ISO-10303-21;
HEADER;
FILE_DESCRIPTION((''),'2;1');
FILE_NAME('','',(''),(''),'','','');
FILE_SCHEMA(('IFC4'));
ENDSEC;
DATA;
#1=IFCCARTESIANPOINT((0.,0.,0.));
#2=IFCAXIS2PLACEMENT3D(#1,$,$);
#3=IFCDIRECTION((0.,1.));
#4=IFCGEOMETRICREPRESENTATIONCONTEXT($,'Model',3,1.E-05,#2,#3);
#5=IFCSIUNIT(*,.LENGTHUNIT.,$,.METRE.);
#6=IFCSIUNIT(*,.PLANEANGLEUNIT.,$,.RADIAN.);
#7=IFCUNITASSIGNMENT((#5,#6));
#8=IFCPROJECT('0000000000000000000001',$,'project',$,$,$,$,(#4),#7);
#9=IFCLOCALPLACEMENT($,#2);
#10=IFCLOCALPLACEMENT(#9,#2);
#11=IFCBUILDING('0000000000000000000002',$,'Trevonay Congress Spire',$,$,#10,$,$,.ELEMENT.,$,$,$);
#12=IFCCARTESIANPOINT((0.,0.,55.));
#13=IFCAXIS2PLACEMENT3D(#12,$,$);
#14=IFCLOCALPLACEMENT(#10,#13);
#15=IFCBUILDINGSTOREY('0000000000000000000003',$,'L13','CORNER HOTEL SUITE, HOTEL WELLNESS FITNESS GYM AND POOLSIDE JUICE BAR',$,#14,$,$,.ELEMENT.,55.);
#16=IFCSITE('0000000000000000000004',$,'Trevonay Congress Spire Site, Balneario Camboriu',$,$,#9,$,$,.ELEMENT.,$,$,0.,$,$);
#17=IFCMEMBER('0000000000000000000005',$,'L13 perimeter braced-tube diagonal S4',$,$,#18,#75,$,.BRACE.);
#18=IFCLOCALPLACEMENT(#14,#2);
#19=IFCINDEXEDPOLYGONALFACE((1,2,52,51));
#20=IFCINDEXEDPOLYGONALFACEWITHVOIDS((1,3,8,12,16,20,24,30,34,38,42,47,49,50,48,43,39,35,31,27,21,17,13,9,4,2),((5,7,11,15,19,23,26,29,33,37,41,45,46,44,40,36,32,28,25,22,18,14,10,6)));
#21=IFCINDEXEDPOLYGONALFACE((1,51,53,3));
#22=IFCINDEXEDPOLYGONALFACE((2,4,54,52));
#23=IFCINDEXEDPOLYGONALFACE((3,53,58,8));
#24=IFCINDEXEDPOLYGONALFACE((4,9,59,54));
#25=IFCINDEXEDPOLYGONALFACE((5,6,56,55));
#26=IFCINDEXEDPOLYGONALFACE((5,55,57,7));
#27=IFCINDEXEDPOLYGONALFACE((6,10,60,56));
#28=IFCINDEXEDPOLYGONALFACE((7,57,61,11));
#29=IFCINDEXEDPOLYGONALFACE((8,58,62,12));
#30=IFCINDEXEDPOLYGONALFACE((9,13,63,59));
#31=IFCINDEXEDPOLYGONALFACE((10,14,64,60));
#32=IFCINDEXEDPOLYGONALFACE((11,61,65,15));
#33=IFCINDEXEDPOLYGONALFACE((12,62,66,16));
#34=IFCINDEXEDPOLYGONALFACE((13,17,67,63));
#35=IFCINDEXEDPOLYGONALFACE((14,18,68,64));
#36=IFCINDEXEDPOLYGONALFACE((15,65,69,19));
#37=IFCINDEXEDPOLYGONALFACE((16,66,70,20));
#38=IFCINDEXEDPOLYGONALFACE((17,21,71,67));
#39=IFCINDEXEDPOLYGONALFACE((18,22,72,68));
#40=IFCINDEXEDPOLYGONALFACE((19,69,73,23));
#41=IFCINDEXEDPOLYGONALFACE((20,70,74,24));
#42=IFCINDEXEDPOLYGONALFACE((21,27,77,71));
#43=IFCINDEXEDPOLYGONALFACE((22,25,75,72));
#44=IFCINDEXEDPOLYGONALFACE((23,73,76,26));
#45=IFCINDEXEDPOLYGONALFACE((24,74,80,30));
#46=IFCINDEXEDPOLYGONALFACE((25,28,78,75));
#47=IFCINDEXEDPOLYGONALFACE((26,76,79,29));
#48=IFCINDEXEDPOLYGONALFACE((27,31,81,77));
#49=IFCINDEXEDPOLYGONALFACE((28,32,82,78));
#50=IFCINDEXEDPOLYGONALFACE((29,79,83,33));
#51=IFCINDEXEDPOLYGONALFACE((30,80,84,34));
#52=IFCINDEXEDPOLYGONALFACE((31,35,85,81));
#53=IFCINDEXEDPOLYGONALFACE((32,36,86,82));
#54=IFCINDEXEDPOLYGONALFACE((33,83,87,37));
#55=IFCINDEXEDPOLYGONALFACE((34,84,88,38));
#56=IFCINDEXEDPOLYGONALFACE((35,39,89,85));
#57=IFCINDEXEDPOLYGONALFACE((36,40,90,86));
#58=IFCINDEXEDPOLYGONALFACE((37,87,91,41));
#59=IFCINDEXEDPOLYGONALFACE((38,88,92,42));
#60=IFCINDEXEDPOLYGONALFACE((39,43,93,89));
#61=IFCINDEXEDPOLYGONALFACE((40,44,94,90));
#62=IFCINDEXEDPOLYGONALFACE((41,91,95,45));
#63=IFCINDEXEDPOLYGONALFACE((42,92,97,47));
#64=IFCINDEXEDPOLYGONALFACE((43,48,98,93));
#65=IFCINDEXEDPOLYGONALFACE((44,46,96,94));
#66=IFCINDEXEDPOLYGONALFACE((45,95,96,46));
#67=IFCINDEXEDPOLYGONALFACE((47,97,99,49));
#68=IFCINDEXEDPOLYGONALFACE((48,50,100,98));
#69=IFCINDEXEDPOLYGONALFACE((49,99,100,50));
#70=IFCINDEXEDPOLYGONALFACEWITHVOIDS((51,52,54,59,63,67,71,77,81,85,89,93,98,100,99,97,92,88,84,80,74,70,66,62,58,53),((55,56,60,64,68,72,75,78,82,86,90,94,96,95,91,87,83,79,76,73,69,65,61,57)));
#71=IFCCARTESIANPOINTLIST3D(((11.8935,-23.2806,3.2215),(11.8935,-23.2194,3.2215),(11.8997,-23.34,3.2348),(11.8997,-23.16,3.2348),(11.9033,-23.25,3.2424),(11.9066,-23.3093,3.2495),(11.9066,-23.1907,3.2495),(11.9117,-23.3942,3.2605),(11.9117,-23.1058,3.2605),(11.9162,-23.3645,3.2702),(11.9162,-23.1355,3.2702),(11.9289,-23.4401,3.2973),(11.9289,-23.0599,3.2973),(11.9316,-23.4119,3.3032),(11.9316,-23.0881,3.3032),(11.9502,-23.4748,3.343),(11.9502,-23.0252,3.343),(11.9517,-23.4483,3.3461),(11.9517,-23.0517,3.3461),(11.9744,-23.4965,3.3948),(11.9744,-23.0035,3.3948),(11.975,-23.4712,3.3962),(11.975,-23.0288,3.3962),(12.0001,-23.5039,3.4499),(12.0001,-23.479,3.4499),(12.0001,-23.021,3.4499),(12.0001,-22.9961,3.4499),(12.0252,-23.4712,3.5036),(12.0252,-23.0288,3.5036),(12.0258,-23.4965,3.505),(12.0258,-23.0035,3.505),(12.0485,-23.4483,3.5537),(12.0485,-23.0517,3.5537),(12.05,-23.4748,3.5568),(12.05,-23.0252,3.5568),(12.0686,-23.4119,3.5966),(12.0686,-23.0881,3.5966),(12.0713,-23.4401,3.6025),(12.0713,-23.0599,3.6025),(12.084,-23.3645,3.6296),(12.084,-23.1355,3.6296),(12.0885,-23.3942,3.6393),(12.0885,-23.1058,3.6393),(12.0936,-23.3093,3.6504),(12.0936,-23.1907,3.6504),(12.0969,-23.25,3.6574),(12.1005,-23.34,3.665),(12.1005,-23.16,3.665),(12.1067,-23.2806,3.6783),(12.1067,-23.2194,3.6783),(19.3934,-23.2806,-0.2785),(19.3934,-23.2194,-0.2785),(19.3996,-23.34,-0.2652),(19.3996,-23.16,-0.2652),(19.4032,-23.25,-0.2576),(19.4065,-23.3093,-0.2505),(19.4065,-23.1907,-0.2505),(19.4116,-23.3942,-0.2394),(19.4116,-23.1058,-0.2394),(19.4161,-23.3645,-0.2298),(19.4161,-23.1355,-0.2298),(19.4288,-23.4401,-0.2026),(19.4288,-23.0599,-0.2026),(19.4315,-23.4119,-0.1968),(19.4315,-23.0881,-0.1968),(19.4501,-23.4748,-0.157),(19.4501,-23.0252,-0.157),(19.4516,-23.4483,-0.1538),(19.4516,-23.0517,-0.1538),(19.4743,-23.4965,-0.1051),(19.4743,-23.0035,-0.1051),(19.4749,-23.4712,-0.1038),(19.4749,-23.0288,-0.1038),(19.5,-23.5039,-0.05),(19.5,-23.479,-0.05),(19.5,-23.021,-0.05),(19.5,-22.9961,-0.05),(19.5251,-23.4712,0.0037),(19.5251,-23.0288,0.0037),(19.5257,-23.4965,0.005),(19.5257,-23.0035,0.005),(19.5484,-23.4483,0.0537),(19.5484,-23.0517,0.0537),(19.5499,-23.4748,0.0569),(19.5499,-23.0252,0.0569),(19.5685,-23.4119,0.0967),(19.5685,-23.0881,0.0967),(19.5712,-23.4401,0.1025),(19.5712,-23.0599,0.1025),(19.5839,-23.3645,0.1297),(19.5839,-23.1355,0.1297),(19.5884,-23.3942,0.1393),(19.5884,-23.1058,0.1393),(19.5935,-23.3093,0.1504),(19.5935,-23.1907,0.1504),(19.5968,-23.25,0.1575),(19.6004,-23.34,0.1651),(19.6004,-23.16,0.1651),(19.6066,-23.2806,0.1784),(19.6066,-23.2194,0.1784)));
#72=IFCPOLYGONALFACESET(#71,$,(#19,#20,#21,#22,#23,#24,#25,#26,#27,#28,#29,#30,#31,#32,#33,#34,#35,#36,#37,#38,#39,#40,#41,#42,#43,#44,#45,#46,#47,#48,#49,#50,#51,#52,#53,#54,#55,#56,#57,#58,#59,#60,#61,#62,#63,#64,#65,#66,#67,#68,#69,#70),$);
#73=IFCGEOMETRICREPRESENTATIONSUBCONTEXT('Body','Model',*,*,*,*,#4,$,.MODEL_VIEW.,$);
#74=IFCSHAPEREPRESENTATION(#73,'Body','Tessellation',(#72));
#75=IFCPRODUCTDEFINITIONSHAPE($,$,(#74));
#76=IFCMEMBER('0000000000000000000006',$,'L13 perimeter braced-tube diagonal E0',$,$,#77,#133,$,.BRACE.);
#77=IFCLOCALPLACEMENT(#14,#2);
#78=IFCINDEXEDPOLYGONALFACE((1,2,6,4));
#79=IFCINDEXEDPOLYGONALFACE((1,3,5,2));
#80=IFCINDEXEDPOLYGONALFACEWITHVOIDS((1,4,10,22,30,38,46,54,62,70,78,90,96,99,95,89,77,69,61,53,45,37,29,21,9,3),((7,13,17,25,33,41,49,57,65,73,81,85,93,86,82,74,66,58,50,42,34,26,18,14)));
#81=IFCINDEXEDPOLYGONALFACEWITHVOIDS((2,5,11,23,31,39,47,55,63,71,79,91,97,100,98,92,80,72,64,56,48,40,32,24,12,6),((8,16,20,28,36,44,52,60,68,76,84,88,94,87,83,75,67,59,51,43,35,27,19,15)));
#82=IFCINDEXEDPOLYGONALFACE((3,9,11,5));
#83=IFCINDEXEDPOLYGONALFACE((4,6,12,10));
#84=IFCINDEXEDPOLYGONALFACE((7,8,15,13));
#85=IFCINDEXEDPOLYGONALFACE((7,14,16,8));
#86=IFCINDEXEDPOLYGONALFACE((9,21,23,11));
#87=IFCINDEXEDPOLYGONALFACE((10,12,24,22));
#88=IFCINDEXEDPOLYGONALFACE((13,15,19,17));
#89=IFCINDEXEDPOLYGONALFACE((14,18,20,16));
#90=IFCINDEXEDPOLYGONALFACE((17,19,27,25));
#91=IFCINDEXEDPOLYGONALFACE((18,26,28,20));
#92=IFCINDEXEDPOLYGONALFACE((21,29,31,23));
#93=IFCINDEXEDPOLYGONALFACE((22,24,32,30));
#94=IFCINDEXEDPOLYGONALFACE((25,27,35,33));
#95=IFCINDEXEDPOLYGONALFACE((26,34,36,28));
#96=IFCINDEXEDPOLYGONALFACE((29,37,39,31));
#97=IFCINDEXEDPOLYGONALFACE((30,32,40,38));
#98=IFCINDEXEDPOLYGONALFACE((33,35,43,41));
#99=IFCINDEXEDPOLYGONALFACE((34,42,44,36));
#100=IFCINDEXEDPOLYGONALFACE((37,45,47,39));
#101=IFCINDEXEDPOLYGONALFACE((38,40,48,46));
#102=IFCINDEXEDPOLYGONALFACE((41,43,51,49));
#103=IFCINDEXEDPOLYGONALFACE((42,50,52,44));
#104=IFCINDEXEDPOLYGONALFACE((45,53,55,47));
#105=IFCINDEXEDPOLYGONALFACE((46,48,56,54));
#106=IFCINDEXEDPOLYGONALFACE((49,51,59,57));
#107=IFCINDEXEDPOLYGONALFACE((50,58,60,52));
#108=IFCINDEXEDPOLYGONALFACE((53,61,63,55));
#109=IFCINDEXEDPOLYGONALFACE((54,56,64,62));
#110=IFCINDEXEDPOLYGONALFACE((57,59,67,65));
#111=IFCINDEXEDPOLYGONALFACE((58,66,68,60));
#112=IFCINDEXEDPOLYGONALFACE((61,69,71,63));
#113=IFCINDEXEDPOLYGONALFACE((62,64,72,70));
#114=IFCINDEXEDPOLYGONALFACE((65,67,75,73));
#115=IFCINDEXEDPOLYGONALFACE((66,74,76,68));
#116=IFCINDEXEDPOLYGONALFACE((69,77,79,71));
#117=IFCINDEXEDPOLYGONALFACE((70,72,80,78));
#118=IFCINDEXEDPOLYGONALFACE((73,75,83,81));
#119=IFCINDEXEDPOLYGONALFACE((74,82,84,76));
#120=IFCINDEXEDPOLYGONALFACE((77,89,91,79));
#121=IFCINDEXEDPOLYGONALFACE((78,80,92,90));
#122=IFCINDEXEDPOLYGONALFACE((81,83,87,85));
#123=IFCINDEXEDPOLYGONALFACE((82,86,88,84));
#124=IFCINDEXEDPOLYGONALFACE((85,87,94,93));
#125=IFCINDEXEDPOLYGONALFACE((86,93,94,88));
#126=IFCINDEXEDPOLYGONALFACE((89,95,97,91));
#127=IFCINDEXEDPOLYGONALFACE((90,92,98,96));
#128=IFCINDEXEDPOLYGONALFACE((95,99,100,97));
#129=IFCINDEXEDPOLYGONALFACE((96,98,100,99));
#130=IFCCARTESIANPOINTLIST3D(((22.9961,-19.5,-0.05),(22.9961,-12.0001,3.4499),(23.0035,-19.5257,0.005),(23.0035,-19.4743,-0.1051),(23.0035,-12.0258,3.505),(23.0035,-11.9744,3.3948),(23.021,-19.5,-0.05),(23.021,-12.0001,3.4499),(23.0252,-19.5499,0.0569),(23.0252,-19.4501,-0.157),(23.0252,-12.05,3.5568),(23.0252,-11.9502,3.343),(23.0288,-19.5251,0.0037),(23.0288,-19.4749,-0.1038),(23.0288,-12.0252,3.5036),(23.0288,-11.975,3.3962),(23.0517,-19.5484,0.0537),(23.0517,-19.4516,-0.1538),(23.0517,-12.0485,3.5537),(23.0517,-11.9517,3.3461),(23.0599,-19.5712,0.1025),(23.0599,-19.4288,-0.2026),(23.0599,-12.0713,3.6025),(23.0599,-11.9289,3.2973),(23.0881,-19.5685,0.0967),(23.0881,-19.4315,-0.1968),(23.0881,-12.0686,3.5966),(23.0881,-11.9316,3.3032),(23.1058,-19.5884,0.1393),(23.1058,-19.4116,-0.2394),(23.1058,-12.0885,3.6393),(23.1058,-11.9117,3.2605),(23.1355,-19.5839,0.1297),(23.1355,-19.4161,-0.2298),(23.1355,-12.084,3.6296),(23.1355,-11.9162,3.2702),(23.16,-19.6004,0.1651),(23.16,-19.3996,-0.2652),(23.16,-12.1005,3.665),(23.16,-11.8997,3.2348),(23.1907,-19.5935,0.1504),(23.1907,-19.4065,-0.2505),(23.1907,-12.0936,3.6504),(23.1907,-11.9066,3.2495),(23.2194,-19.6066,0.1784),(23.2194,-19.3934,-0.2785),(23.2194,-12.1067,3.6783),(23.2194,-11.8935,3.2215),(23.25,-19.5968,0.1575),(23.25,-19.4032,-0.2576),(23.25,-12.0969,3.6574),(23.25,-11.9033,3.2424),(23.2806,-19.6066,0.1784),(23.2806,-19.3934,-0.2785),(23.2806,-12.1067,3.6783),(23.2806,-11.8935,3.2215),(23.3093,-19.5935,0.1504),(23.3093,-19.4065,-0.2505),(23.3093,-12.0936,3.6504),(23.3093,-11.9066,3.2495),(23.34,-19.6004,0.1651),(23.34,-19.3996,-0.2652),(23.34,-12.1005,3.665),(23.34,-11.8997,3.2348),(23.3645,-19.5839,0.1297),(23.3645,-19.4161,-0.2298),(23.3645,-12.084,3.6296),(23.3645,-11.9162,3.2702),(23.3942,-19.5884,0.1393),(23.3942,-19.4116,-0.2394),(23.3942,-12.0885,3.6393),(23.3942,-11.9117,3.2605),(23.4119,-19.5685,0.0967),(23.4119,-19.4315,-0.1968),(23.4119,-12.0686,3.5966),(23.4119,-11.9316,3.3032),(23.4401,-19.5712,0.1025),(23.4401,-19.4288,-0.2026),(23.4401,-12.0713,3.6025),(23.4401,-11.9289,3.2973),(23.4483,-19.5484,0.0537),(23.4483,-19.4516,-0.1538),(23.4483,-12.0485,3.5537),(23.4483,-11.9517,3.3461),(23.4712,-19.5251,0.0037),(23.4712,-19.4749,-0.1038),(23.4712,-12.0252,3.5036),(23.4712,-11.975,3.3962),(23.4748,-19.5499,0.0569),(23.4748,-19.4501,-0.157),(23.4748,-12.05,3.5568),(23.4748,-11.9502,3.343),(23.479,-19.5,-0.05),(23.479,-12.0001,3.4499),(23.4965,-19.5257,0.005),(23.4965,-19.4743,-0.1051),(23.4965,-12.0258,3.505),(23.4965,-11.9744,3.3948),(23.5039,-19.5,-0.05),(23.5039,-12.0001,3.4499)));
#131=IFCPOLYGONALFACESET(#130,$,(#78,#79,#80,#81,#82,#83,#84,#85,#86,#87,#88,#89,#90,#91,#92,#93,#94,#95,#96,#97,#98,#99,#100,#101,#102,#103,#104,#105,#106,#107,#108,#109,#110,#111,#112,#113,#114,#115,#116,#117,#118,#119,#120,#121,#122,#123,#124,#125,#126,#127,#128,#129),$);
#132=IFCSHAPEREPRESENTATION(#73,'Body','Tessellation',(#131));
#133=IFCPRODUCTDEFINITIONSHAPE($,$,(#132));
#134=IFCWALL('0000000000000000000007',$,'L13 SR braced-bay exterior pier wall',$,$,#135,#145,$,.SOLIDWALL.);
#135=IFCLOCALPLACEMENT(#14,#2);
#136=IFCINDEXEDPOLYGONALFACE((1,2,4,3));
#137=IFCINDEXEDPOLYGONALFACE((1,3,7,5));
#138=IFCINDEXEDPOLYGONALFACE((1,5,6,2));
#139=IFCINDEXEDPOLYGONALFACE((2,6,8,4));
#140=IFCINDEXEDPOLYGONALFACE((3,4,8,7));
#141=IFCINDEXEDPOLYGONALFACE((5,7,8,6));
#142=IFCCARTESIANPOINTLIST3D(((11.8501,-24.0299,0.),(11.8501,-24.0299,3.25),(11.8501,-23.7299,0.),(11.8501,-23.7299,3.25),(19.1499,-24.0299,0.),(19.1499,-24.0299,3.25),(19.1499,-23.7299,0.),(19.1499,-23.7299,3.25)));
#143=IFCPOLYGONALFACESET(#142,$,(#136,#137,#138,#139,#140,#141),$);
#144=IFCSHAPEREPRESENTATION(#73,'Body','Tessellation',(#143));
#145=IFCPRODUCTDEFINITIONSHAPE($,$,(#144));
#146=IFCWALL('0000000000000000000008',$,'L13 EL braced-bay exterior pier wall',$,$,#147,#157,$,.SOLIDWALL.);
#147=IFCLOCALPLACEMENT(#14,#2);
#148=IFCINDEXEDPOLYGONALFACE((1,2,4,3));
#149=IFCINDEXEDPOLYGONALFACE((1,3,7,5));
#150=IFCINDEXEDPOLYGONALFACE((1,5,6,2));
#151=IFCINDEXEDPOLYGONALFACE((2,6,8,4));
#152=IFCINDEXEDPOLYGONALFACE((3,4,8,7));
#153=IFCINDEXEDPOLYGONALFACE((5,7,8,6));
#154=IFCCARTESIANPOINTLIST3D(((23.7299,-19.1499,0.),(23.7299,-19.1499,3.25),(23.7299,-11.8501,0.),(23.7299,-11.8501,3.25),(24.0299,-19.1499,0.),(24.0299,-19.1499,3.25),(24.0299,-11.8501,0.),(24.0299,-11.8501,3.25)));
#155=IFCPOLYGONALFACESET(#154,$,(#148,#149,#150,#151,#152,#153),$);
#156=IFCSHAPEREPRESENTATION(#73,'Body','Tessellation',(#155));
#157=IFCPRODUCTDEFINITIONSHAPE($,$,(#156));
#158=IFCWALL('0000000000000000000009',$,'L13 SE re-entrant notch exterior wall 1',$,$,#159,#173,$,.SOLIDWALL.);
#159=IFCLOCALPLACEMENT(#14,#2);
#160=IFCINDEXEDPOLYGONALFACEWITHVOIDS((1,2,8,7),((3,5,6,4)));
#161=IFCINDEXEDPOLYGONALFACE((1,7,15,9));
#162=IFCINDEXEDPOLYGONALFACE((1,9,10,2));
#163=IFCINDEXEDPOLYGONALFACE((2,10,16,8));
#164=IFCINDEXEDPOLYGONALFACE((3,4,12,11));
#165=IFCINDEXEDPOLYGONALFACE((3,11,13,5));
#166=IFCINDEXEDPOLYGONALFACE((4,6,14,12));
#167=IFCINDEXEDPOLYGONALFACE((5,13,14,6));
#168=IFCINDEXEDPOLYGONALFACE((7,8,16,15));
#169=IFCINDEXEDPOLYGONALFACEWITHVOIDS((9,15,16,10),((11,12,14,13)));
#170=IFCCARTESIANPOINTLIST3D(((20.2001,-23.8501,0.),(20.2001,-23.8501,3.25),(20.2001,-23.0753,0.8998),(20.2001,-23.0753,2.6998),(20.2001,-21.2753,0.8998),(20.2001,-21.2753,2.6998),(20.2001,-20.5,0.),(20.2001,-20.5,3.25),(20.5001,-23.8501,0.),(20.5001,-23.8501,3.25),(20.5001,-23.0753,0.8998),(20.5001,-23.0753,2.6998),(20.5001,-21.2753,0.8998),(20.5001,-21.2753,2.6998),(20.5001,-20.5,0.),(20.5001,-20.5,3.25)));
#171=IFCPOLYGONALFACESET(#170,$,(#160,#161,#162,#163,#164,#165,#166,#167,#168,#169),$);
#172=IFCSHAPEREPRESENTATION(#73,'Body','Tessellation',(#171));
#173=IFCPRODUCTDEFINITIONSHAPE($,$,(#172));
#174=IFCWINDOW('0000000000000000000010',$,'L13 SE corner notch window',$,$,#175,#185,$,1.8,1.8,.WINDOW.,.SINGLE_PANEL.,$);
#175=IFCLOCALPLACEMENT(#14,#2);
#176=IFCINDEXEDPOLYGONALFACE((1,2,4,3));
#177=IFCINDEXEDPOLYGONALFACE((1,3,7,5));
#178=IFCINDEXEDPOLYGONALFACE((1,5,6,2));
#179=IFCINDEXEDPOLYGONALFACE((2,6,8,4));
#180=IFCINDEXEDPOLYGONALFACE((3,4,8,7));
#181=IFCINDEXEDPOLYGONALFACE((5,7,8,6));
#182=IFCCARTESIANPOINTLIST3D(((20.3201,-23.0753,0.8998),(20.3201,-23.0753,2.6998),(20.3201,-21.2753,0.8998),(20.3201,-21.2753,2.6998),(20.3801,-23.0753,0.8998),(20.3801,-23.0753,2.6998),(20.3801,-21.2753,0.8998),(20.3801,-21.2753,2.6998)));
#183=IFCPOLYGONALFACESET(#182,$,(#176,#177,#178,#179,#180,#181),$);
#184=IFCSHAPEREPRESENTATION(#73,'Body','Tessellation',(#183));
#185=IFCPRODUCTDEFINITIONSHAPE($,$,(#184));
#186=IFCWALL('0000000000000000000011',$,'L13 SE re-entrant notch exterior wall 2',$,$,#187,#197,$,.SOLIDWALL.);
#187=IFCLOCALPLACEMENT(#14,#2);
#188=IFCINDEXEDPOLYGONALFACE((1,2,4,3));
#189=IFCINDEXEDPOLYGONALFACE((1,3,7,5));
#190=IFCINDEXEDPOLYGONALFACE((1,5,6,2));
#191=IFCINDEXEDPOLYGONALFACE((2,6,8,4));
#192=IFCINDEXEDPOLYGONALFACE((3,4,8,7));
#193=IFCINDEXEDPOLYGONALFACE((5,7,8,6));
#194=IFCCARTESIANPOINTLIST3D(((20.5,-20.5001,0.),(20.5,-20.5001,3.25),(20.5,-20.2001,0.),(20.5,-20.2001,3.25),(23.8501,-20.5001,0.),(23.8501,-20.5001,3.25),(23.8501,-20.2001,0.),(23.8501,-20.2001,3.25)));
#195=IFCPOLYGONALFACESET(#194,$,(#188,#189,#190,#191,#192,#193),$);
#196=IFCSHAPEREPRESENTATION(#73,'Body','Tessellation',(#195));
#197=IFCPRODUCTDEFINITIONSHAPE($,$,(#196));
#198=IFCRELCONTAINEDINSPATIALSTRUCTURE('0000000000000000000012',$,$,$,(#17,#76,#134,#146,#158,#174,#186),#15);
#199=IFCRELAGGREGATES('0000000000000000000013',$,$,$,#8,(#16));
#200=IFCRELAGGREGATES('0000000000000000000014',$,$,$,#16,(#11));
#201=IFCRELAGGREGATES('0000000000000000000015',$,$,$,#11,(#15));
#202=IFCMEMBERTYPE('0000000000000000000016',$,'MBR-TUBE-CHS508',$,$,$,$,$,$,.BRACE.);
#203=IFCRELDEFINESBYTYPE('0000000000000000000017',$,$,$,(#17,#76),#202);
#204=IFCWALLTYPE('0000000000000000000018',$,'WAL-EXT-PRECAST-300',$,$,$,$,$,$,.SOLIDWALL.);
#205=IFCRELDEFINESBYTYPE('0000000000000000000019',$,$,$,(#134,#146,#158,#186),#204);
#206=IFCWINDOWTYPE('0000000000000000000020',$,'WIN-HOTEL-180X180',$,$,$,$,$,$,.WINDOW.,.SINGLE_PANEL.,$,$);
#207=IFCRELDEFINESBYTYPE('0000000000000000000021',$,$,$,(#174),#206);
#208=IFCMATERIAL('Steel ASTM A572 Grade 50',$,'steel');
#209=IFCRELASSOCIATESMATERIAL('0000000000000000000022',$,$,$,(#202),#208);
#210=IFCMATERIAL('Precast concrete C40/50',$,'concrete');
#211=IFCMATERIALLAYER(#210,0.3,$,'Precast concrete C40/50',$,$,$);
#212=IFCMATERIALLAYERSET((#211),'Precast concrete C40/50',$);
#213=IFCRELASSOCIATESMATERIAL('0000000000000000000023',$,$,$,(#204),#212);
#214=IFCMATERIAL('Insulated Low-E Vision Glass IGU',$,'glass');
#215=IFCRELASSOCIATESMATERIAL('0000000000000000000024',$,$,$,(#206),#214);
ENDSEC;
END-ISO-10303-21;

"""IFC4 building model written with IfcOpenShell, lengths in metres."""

from ifc_helpers import new_model, si_unit, direction, frame, frame_2d, origin, origin_2d, place, context, subcontext, project, spatial, rectangle, hollow_circle, extrude, material, layer, layer_set, material_profile, profile_set, type_object, element, fill, save


model = new_model("IFC4")

# Units and contexts
model_context = context("Model", 3, precision=1e-05, world=origin(), true_north=direction((0.0, 1.0)))
body_context = subcontext(model_context, "Body", "Model", "MODEL_VIEW")
ifc_project = project(units=[si_unit("LENGTHUNIT", "METRE"), si_unit("PLANEANGLEUNIT", "RADIAN")], contexts=[model_context])

# Site, building, storey
site_placement = place(None, origin())
site = spatial("IfcSite", under=ifc_project, at=site_placement, Name="Trevonay Congress Spire Site, Balneario Camboriu", CompositionType="ELEMENT", RefElevation=0.0)
building_placement = place(site_placement, origin())
building = spatial("IfcBuilding", under=site, at=building_placement, Name="Trevonay Congress Spire", CompositionType="ELEMENT")
storey_placement = place(building_placement, frame((0.0, 0.0, 55.0)))
storey = spatial("IfcBuildingStorey", under=building, at=storey_placement, Name="L13", Description="CORNER HOTEL SUITE, HOTEL WELLNESS FITNESS GYM AND POOLSIDE JUICE BAR", CompositionType="ELEMENT", Elevation=55.0)

# Shared definitions
ifc_material_1 = material(Name="Steel ASTM A572 Grade 50", Category="steel")

# Members
ifc_material_profile_1 = material_profile(ifc_material_1, hollow_circle(Radius=0.2539, WallThickness=0.0249, at=origin_2d()), Name="CHS 508x25")
ifc_profile_set_1 = profile_set([ifc_material_profile_1], Name="Steel ASTM A572 Grade 50")
member_type_1 = type_object("IfcMemberType", Name="MBR-TUBE-CHS508", PredefinedType="BRACE", material=ifc_profile_set_1)
for number, where, z_axis, x_axis, name in (
    (1, (19.5, -23.25, -0.05), (-0.906183, 0.0, 0.422885), (0.0, -1.0, 0.0), "L13 perimeter braced-tube diagonal S4"),
    (2, (23.25, -19.5, -0.05), (0.0, 0.906183, 0.422885), (-1.0, 0.0, 0.0), "L13 perimeter braced-tube diagonal E0"),
):
    element("IfcMember", number, at=place(storey_placement, frame(where, z_axis=z_axis, x_axis=x_axis)), inside=storey, type_object=member_type_1, Name=name, PredefinedType="BRACE", context=body_context, shape_type="SweptSolid", body=[
        extrude(hollow_circle(Radius=0.2539, WallThickness=0.0249, at=origin_2d()), origin(), (0.0, 0.0, 1.0), 8.2764),
    ])

# Walls
ifc_material_2 = material(Name="Precast concrete C40/50", Category="concrete")
ifc_layer_1 = layer(ifc_material_2, 0.3, Name="Precast concrete C40/50")
ifc_layer_set_1 = layer_set([ifc_layer_1], Name="Precast concrete C40/50")
wall_type_1 = type_object("IfcWallType", Name="WAL-EXT-PRECAST-300", PredefinedType="SOLIDWALL", material=ifc_layer_set_1)
for number, where, z_axis, x_axis, name in (
    (3, (11.8501, -23.8799, 0.0), (0.0, 0.0, 1.0), (1.0, 0.0, 0.0), "L13 SR braced-bay exterior pier wall"),
    (4, (23.8799, -19.1499, 0.0), (0.0, 0.0, 1.0), (0.0, 1.0, 0.0), "L13 EL braced-bay exterior pier wall"),
):
    element("IfcWall", number, at=place(storey_placement, frame(where, z_axis=z_axis, x_axis=x_axis)), inside=storey, type_object=wall_type_1, Name=name, PredefinedType="SOLIDWALL", context=body_context, shape_type="SweptSolid", body=[
        extrude(rectangle(XDim=7.2998, YDim=0.3, at=frame_2d((3.6499, 0.0))), origin(), (0.0, 0.0, 1.0), 3.25),
    ])

# Wall, opening, window
wall_1_placement = place(storey_placement, frame((20.3501, -23.8501, 0.0), z_axis=(0.0, 0.0, 1.0), x_axis=(0.0, 1.0, 0.0)))
wall_1 = element("IfcWall", 5, at=wall_1_placement, inside=storey, type_object=wall_type_1, Name="L13 SE re-entrant notch exterior wall 1", PredefinedType="SOLIDWALL", context=body_context, shape_type="SweptSolid", body=[
    extrude(rectangle(XDim=3.3501, YDim=0.3, at=frame_2d((1.675, 0.0))), origin(), (0.0, 0.0, 1.0), 3.25),
])
opening_placement = place(wall_1_placement, frame((0.7749, 0.0, 0.8999)))
opening = element("IfcOpeningElement", 6, at=opening_placement, cuts=wall_1, PredefinedType="OPENING", context=body_context, shape_type="SweptSolid", body=[
    extrude(rectangle(XDim=1.8, YDim=1.8, at=frame_2d((0.8999, 0.8999))), frame((0.0, 0.1602, 0.0), z_axis=(0.0, -1.0, 0.0), x_axis=(1.0, 0.0, 0.0)), (0.0, 0.0, 1.0), 0.3201),
])
ifc_material_3 = material(Name="Insulated Low-E Vision Glass IGU", Category="glass")
window_type = type_object("IfcWindowType", Name="WIN-HOTEL-180X180", PartitioningType="SINGLE_PANEL", PredefinedType="WINDOW", material=ifc_material_3)
window_placement = place(opening_placement, origin())
window = element("IfcWindow", 7, at=window_placement, inside=storey, type_object=window_type, Name="L13 SE corner notch window", OverallHeight=1.8, OverallWidth=1.8, PartitioningType="SINGLE_PANEL", PredefinedType="WINDOW", context=body_context, shape_type="SweptSolid", body=[
    extrude(rectangle(XDim=1.8, YDim=1.8, at=frame_2d((0.8999, 0.8999))), frame((0.0, 0.03, 0.0), z_axis=(0.0, -1.0, 0.0), x_axis=(1.0, 0.0, 0.0)), (0.0, 0.0, 1.0), 0.0601),
])
fill(opening, window)

# Wall
wall_2_placement = place(storey_placement, frame((23.8501, -20.3501, 0.0), z_axis=(0.0, 0.0, 1.0), x_axis=(-1.0, 0.0, 0.0)))
element("IfcWall", 8, at=wall_2_placement, inside=storey, type_object=wall_type_1, Name="L13 SE re-entrant notch exterior wall 2", PredefinedType="SOLIDWALL", context=body_context, shape_type="SweptSolid", body=[
    extrude(rectangle(XDim=3.3501, YDim=0.3, at=frame_2d((1.675, 0.0))), origin(), (0.0, 0.0, 1.0), 3.25),
])

save(model, "model.ifc")
